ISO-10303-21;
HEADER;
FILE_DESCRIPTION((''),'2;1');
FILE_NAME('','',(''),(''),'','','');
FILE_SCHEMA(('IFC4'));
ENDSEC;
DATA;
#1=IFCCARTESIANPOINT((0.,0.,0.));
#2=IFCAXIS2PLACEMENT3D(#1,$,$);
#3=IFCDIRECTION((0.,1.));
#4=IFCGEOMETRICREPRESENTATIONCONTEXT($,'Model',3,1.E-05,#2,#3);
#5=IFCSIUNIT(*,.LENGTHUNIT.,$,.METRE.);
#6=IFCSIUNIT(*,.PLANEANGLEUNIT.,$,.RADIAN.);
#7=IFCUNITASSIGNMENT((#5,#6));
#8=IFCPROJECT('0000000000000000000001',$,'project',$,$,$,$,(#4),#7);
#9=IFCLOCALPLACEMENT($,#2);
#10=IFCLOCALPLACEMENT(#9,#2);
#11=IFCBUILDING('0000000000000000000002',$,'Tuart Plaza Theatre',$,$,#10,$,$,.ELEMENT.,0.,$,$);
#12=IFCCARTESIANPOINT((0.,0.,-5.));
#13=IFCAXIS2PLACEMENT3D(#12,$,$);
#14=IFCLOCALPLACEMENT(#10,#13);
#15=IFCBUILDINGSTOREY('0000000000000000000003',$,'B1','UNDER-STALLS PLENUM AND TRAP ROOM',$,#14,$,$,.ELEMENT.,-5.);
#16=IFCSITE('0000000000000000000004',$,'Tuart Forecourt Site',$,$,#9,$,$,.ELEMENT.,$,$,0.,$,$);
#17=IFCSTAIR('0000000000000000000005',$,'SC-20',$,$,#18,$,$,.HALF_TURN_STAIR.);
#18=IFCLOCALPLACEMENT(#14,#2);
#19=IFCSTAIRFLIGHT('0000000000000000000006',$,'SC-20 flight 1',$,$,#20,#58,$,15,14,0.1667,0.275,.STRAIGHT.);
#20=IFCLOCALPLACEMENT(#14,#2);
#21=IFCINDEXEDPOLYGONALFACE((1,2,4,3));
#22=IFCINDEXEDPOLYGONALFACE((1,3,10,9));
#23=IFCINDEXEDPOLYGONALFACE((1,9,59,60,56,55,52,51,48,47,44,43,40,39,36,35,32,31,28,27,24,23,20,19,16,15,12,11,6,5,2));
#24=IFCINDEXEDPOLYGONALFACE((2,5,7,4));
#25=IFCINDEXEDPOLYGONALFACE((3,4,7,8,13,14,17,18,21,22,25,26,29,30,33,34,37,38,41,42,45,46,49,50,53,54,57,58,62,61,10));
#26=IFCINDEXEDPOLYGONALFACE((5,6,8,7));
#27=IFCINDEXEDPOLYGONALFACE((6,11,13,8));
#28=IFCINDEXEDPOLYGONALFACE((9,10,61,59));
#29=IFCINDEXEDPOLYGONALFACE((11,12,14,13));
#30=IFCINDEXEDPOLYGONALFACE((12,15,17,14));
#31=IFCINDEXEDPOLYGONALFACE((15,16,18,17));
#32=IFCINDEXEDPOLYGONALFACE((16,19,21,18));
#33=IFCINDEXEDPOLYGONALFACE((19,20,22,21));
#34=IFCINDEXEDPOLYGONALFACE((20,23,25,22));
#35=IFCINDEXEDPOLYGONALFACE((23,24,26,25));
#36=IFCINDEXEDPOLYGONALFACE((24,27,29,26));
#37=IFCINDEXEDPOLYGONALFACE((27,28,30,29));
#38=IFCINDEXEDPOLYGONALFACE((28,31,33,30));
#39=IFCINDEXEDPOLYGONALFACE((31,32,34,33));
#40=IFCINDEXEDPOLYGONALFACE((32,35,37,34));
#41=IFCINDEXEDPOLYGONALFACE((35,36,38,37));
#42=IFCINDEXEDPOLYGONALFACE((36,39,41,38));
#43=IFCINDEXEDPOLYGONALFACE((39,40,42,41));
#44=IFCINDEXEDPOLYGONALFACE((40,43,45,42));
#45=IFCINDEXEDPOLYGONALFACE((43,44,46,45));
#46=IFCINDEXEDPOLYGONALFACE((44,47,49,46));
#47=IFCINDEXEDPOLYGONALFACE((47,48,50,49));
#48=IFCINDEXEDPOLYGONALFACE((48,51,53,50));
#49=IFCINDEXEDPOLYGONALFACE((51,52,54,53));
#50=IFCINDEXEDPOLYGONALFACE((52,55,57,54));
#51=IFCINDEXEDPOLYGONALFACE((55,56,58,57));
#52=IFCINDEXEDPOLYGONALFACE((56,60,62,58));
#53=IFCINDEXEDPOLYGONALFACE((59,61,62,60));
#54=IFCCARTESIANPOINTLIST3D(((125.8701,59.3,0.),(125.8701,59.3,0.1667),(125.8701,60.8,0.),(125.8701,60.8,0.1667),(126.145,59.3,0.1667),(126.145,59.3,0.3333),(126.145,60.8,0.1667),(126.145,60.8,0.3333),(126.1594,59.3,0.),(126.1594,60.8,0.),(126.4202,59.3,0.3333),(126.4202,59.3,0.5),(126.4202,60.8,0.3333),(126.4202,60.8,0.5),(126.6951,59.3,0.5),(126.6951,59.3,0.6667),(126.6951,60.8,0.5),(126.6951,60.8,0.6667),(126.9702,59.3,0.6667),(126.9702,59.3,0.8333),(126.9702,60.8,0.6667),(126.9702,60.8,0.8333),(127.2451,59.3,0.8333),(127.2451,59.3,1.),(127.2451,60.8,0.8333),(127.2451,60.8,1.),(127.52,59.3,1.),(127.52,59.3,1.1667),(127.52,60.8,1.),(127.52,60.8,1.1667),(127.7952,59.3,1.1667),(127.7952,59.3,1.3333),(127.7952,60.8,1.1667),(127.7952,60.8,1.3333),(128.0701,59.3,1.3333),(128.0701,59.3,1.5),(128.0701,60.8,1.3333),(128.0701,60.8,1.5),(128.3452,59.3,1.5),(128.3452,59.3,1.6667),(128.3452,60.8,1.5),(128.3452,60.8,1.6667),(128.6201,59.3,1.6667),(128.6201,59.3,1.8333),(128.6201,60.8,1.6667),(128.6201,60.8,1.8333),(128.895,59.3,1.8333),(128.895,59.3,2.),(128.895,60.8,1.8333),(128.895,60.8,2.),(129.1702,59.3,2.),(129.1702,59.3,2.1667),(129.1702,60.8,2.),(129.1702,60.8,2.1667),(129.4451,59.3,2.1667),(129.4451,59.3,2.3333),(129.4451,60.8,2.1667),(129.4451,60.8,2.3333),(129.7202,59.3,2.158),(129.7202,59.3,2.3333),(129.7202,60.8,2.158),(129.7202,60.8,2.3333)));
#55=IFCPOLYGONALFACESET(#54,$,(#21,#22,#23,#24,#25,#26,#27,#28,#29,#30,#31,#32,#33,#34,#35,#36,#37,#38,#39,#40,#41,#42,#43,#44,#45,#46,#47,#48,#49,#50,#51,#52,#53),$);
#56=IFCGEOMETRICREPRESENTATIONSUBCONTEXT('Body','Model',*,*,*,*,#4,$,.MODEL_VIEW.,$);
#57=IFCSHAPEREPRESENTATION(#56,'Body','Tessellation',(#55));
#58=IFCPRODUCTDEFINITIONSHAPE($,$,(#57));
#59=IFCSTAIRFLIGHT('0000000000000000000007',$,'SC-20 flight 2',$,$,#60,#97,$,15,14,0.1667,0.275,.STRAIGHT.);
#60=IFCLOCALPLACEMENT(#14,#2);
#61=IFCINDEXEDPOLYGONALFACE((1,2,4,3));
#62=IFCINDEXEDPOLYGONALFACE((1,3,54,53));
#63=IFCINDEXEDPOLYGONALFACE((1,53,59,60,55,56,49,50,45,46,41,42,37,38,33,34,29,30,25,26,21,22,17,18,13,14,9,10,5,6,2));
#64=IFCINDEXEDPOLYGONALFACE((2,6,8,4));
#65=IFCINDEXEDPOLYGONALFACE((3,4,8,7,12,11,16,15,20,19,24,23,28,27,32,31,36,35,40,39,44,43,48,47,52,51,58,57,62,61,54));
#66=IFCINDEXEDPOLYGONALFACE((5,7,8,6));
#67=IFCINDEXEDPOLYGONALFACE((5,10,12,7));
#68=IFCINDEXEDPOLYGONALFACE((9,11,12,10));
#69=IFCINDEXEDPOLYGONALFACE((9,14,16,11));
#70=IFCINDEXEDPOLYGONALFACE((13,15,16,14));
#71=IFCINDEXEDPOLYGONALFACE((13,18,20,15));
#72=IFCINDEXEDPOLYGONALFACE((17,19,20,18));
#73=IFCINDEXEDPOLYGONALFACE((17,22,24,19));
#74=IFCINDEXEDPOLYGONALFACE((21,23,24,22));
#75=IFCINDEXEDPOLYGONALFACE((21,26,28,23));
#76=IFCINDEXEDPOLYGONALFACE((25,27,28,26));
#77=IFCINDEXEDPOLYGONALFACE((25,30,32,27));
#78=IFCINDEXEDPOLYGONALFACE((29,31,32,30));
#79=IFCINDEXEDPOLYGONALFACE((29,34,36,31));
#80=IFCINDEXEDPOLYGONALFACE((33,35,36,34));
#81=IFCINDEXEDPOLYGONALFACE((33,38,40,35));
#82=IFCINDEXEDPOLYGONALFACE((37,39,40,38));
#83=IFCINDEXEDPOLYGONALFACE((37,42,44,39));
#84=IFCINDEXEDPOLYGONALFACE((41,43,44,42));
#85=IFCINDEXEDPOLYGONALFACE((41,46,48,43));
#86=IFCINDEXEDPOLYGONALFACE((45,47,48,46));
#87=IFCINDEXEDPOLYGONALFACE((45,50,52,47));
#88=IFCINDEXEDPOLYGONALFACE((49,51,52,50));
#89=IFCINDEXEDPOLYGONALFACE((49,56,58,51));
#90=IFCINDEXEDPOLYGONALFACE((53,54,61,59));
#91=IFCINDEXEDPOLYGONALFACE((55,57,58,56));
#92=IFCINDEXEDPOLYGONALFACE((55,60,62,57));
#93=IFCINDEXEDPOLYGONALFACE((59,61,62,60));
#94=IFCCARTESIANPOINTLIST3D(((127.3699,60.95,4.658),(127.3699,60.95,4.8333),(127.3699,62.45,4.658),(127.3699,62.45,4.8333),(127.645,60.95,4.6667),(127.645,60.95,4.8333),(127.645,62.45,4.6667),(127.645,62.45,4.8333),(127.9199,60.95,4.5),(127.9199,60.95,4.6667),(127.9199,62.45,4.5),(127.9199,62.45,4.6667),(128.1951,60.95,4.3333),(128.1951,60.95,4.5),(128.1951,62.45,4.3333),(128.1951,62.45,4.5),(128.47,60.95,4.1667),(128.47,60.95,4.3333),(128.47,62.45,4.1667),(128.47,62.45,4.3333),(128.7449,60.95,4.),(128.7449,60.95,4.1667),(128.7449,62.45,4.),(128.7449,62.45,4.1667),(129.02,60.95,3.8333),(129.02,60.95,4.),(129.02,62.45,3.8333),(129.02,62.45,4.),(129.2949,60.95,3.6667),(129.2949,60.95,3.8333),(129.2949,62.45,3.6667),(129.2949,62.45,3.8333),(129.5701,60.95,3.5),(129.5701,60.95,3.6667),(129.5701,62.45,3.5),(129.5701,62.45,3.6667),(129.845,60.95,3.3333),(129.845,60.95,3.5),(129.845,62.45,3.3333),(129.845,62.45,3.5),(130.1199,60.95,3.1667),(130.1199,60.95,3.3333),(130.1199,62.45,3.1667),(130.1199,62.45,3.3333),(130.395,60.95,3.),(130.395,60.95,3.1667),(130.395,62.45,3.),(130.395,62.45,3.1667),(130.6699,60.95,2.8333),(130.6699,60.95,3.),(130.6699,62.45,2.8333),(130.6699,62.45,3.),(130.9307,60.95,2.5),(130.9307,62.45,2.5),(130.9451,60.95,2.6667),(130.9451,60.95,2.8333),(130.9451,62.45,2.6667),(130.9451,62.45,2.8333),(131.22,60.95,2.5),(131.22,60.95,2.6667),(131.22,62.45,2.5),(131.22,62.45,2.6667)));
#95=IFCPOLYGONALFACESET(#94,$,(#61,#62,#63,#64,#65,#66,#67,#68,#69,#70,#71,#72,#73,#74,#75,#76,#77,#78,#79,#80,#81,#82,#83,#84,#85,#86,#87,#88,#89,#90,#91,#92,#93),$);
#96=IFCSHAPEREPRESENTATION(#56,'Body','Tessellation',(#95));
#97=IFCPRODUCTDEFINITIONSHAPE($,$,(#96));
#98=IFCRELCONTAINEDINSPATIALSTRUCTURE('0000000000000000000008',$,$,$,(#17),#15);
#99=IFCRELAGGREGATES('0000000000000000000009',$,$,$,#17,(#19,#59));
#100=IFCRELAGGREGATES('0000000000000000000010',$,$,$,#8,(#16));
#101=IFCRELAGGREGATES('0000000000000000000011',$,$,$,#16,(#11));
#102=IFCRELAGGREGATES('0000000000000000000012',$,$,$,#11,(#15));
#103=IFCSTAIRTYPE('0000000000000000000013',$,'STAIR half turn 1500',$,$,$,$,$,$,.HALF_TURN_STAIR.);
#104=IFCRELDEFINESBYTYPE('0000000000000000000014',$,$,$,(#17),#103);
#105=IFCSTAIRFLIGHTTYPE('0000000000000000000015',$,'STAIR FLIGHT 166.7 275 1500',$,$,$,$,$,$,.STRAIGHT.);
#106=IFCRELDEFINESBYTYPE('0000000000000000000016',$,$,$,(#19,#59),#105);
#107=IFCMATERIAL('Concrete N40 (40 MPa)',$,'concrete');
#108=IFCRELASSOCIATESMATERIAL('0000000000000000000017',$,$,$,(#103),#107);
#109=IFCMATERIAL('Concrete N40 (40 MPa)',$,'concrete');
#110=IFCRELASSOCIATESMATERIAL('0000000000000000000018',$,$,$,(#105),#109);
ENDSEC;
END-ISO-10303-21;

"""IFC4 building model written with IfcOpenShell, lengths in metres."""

from ifc_helpers import new_model, si_unit, direction, frame, origin, place, context, subcontext, project, spatial, polyline, outline, extrude, material, type_object, element, aggregate, save


model = new_model("IFC4")

# Units and contexts
model_context = context("Model", 3, precision=1e-05, world=origin(), true_north=direction((0.0, 1.0)))
body_context = subcontext(model_context, "Body", "Model", "MODEL_VIEW")
ifc_project = project(units=[si_unit("LENGTHUNIT", "METRE"), si_unit("PLANEANGLEUNIT", "RADIAN")], contexts=[model_context])

# Site, building, storey
site_placement = place(None, origin())
site = spatial("IfcSite", under=ifc_project, at=site_placement, Name="Tuart Forecourt Site", CompositionType="ELEMENT", RefElevation=0.0)
building_placement = place(site_placement, origin())
building = spatial("IfcBuilding", under=site, at=building_placement, Name="Tuart Plaza Theatre", CompositionType="ELEMENT", ElevationOfRefHeight=0.0)
storey_placement = place(building_placement, frame((0.0, 0.0, -5.0)))
storey = spatial("IfcBuildingStorey", under=building, at=storey_placement, Name="B1", Description="UNDER-STALLS PLENUM AND TRAP ROOM", CompositionType="ELEMENT", Elevation=-5.0)

# Stair, stair flights
ifc_material_1 = material(Name="Concrete N40 (40 MPa)", Category="concrete")
stair_type = type_object("IfcStairType", Name="STAIR half turn 1500", PredefinedType="HALF_TURN_STAIR", material=ifc_material_1)
stair_placement = place(storey_placement, origin())
stair = element("IfcStair", 1, at=stair_placement, inside=storey, type_object=stair_type, Name="SC-20", PredefinedType="HALF_TURN_STAIR")
ifc_material_2 = material(Name="Concrete N40 (40 MPa)", Category="concrete")
stair_flight_type = type_object("IfcStairFlightType", Name="STAIR FLIGHT 166.7 275 1500", PredefinedType="STRAIGHT", material=ifc_material_2)
stair_flight_1_placement = place(storey_placement, frame((125.8701, 60.05, 0.0), z_axis=(0.0, 0.0, 1.0), x_axis=(1.0, 0.0, 0.0)))
stair_flight_1 = element("IfcStairFlight", 2, at=stair_flight_1_placement, type_object=stair_flight_type, Name="SC-20 flight 1", NumberOfRisers=15, NumberOfTreads=14, PredefinedType="STRAIGHT", RiserHeight=0.1667, TreadLength=0.275, context=body_context, shape_type="SweptSolid", body=[
    extrude(outline(polyline([(0.0, 0.0), (0.0, 0.1667), (0.2749, 0.1667), (0.2749, 0.3333), (0.55, 0.3333), (0.55, 0.5), (0.825, 0.5), (0.825, 0.6667), (1.1001, 0.6667), (1.1001, 0.8333), (1.375, 0.8333), (1.375, 1.0), (1.6499, 1.0), (1.6499, 1.1667), (1.925, 1.1667), (1.925, 1.3333), (2.2, 1.3333), (2.2, 1.5), (2.4751, 1.5), (2.4751, 1.6667), (2.75, 1.6667), (2.75, 1.8333), (3.0249, 1.8333), (3.0249, 2.0), (3.3, 2.0), (3.3, 2.1667), (3.575, 2.1667), (3.575, 2.3333), (3.8501, 2.3333), (3.8501, 2.5), (3.8501, 2.158), (0.2893, 0.0), (0.0, 0.0)])), frame((0.0, 0.75, 0.0), z_axis=(0.0, -1.0, 0.0), x_axis=(1.0, 0.0, 0.0)), (0.0, 0.0, 1.0), 1.5),
])
stair_flight_2_placement = place(storey_placement, frame((131.22, 61.7, 2.5), z_axis=(0.0, 0.0, 1.0), x_axis=(-1.0, 0.0, 0.0)))
stair_flight_2 = element("IfcStairFlight", 3, at=stair_flight_2_placement, type_object=stair_flight_type, Name="SC-20 flight 2", NumberOfRisers=15, NumberOfTreads=14, PredefinedType="STRAIGHT", RiserHeight=0.1667, TreadLength=0.275, context=body_context, shape_type="SweptSolid", body=[
    extrude(outline(polyline([(0.0, 0.0), (0.0, 0.1667), (0.2749, 0.1667), (0.2749, 0.3333), (0.55, 0.3333), (0.55, 0.5), (0.825, 0.5), (0.825, 0.6667), (1.1001, 0.6667), (1.1001, 0.8333), (1.375, 0.8333), (1.375, 1.0), (1.6499, 1.0), (1.6499, 1.1667), (1.925, 1.1667), (1.925, 1.3333), (2.2, 1.3333), (2.2, 1.5), (2.4751, 1.5), (2.4751, 1.6667), (2.75, 1.6667), (2.75, 1.8333), (3.0249, 1.8333), (3.0249, 2.0), (3.3, 2.0), (3.3, 2.1667), (3.575, 2.1667), (3.575, 2.3333), (3.8501, 2.3333), (3.8501, 2.5), (3.8501, 2.158), (0.2893, 0.0), (0.0, 0.0)])), frame((0.0, 0.75, 0.0), z_axis=(0.0, -1.0, 0.0), x_axis=(1.0, 0.0, 0.0)), (0.0, 0.0, 1.0), 1.5),
])
aggregate(stair, [stair_flight_1, stair_flight_2])

save(model, "model.ifc")
